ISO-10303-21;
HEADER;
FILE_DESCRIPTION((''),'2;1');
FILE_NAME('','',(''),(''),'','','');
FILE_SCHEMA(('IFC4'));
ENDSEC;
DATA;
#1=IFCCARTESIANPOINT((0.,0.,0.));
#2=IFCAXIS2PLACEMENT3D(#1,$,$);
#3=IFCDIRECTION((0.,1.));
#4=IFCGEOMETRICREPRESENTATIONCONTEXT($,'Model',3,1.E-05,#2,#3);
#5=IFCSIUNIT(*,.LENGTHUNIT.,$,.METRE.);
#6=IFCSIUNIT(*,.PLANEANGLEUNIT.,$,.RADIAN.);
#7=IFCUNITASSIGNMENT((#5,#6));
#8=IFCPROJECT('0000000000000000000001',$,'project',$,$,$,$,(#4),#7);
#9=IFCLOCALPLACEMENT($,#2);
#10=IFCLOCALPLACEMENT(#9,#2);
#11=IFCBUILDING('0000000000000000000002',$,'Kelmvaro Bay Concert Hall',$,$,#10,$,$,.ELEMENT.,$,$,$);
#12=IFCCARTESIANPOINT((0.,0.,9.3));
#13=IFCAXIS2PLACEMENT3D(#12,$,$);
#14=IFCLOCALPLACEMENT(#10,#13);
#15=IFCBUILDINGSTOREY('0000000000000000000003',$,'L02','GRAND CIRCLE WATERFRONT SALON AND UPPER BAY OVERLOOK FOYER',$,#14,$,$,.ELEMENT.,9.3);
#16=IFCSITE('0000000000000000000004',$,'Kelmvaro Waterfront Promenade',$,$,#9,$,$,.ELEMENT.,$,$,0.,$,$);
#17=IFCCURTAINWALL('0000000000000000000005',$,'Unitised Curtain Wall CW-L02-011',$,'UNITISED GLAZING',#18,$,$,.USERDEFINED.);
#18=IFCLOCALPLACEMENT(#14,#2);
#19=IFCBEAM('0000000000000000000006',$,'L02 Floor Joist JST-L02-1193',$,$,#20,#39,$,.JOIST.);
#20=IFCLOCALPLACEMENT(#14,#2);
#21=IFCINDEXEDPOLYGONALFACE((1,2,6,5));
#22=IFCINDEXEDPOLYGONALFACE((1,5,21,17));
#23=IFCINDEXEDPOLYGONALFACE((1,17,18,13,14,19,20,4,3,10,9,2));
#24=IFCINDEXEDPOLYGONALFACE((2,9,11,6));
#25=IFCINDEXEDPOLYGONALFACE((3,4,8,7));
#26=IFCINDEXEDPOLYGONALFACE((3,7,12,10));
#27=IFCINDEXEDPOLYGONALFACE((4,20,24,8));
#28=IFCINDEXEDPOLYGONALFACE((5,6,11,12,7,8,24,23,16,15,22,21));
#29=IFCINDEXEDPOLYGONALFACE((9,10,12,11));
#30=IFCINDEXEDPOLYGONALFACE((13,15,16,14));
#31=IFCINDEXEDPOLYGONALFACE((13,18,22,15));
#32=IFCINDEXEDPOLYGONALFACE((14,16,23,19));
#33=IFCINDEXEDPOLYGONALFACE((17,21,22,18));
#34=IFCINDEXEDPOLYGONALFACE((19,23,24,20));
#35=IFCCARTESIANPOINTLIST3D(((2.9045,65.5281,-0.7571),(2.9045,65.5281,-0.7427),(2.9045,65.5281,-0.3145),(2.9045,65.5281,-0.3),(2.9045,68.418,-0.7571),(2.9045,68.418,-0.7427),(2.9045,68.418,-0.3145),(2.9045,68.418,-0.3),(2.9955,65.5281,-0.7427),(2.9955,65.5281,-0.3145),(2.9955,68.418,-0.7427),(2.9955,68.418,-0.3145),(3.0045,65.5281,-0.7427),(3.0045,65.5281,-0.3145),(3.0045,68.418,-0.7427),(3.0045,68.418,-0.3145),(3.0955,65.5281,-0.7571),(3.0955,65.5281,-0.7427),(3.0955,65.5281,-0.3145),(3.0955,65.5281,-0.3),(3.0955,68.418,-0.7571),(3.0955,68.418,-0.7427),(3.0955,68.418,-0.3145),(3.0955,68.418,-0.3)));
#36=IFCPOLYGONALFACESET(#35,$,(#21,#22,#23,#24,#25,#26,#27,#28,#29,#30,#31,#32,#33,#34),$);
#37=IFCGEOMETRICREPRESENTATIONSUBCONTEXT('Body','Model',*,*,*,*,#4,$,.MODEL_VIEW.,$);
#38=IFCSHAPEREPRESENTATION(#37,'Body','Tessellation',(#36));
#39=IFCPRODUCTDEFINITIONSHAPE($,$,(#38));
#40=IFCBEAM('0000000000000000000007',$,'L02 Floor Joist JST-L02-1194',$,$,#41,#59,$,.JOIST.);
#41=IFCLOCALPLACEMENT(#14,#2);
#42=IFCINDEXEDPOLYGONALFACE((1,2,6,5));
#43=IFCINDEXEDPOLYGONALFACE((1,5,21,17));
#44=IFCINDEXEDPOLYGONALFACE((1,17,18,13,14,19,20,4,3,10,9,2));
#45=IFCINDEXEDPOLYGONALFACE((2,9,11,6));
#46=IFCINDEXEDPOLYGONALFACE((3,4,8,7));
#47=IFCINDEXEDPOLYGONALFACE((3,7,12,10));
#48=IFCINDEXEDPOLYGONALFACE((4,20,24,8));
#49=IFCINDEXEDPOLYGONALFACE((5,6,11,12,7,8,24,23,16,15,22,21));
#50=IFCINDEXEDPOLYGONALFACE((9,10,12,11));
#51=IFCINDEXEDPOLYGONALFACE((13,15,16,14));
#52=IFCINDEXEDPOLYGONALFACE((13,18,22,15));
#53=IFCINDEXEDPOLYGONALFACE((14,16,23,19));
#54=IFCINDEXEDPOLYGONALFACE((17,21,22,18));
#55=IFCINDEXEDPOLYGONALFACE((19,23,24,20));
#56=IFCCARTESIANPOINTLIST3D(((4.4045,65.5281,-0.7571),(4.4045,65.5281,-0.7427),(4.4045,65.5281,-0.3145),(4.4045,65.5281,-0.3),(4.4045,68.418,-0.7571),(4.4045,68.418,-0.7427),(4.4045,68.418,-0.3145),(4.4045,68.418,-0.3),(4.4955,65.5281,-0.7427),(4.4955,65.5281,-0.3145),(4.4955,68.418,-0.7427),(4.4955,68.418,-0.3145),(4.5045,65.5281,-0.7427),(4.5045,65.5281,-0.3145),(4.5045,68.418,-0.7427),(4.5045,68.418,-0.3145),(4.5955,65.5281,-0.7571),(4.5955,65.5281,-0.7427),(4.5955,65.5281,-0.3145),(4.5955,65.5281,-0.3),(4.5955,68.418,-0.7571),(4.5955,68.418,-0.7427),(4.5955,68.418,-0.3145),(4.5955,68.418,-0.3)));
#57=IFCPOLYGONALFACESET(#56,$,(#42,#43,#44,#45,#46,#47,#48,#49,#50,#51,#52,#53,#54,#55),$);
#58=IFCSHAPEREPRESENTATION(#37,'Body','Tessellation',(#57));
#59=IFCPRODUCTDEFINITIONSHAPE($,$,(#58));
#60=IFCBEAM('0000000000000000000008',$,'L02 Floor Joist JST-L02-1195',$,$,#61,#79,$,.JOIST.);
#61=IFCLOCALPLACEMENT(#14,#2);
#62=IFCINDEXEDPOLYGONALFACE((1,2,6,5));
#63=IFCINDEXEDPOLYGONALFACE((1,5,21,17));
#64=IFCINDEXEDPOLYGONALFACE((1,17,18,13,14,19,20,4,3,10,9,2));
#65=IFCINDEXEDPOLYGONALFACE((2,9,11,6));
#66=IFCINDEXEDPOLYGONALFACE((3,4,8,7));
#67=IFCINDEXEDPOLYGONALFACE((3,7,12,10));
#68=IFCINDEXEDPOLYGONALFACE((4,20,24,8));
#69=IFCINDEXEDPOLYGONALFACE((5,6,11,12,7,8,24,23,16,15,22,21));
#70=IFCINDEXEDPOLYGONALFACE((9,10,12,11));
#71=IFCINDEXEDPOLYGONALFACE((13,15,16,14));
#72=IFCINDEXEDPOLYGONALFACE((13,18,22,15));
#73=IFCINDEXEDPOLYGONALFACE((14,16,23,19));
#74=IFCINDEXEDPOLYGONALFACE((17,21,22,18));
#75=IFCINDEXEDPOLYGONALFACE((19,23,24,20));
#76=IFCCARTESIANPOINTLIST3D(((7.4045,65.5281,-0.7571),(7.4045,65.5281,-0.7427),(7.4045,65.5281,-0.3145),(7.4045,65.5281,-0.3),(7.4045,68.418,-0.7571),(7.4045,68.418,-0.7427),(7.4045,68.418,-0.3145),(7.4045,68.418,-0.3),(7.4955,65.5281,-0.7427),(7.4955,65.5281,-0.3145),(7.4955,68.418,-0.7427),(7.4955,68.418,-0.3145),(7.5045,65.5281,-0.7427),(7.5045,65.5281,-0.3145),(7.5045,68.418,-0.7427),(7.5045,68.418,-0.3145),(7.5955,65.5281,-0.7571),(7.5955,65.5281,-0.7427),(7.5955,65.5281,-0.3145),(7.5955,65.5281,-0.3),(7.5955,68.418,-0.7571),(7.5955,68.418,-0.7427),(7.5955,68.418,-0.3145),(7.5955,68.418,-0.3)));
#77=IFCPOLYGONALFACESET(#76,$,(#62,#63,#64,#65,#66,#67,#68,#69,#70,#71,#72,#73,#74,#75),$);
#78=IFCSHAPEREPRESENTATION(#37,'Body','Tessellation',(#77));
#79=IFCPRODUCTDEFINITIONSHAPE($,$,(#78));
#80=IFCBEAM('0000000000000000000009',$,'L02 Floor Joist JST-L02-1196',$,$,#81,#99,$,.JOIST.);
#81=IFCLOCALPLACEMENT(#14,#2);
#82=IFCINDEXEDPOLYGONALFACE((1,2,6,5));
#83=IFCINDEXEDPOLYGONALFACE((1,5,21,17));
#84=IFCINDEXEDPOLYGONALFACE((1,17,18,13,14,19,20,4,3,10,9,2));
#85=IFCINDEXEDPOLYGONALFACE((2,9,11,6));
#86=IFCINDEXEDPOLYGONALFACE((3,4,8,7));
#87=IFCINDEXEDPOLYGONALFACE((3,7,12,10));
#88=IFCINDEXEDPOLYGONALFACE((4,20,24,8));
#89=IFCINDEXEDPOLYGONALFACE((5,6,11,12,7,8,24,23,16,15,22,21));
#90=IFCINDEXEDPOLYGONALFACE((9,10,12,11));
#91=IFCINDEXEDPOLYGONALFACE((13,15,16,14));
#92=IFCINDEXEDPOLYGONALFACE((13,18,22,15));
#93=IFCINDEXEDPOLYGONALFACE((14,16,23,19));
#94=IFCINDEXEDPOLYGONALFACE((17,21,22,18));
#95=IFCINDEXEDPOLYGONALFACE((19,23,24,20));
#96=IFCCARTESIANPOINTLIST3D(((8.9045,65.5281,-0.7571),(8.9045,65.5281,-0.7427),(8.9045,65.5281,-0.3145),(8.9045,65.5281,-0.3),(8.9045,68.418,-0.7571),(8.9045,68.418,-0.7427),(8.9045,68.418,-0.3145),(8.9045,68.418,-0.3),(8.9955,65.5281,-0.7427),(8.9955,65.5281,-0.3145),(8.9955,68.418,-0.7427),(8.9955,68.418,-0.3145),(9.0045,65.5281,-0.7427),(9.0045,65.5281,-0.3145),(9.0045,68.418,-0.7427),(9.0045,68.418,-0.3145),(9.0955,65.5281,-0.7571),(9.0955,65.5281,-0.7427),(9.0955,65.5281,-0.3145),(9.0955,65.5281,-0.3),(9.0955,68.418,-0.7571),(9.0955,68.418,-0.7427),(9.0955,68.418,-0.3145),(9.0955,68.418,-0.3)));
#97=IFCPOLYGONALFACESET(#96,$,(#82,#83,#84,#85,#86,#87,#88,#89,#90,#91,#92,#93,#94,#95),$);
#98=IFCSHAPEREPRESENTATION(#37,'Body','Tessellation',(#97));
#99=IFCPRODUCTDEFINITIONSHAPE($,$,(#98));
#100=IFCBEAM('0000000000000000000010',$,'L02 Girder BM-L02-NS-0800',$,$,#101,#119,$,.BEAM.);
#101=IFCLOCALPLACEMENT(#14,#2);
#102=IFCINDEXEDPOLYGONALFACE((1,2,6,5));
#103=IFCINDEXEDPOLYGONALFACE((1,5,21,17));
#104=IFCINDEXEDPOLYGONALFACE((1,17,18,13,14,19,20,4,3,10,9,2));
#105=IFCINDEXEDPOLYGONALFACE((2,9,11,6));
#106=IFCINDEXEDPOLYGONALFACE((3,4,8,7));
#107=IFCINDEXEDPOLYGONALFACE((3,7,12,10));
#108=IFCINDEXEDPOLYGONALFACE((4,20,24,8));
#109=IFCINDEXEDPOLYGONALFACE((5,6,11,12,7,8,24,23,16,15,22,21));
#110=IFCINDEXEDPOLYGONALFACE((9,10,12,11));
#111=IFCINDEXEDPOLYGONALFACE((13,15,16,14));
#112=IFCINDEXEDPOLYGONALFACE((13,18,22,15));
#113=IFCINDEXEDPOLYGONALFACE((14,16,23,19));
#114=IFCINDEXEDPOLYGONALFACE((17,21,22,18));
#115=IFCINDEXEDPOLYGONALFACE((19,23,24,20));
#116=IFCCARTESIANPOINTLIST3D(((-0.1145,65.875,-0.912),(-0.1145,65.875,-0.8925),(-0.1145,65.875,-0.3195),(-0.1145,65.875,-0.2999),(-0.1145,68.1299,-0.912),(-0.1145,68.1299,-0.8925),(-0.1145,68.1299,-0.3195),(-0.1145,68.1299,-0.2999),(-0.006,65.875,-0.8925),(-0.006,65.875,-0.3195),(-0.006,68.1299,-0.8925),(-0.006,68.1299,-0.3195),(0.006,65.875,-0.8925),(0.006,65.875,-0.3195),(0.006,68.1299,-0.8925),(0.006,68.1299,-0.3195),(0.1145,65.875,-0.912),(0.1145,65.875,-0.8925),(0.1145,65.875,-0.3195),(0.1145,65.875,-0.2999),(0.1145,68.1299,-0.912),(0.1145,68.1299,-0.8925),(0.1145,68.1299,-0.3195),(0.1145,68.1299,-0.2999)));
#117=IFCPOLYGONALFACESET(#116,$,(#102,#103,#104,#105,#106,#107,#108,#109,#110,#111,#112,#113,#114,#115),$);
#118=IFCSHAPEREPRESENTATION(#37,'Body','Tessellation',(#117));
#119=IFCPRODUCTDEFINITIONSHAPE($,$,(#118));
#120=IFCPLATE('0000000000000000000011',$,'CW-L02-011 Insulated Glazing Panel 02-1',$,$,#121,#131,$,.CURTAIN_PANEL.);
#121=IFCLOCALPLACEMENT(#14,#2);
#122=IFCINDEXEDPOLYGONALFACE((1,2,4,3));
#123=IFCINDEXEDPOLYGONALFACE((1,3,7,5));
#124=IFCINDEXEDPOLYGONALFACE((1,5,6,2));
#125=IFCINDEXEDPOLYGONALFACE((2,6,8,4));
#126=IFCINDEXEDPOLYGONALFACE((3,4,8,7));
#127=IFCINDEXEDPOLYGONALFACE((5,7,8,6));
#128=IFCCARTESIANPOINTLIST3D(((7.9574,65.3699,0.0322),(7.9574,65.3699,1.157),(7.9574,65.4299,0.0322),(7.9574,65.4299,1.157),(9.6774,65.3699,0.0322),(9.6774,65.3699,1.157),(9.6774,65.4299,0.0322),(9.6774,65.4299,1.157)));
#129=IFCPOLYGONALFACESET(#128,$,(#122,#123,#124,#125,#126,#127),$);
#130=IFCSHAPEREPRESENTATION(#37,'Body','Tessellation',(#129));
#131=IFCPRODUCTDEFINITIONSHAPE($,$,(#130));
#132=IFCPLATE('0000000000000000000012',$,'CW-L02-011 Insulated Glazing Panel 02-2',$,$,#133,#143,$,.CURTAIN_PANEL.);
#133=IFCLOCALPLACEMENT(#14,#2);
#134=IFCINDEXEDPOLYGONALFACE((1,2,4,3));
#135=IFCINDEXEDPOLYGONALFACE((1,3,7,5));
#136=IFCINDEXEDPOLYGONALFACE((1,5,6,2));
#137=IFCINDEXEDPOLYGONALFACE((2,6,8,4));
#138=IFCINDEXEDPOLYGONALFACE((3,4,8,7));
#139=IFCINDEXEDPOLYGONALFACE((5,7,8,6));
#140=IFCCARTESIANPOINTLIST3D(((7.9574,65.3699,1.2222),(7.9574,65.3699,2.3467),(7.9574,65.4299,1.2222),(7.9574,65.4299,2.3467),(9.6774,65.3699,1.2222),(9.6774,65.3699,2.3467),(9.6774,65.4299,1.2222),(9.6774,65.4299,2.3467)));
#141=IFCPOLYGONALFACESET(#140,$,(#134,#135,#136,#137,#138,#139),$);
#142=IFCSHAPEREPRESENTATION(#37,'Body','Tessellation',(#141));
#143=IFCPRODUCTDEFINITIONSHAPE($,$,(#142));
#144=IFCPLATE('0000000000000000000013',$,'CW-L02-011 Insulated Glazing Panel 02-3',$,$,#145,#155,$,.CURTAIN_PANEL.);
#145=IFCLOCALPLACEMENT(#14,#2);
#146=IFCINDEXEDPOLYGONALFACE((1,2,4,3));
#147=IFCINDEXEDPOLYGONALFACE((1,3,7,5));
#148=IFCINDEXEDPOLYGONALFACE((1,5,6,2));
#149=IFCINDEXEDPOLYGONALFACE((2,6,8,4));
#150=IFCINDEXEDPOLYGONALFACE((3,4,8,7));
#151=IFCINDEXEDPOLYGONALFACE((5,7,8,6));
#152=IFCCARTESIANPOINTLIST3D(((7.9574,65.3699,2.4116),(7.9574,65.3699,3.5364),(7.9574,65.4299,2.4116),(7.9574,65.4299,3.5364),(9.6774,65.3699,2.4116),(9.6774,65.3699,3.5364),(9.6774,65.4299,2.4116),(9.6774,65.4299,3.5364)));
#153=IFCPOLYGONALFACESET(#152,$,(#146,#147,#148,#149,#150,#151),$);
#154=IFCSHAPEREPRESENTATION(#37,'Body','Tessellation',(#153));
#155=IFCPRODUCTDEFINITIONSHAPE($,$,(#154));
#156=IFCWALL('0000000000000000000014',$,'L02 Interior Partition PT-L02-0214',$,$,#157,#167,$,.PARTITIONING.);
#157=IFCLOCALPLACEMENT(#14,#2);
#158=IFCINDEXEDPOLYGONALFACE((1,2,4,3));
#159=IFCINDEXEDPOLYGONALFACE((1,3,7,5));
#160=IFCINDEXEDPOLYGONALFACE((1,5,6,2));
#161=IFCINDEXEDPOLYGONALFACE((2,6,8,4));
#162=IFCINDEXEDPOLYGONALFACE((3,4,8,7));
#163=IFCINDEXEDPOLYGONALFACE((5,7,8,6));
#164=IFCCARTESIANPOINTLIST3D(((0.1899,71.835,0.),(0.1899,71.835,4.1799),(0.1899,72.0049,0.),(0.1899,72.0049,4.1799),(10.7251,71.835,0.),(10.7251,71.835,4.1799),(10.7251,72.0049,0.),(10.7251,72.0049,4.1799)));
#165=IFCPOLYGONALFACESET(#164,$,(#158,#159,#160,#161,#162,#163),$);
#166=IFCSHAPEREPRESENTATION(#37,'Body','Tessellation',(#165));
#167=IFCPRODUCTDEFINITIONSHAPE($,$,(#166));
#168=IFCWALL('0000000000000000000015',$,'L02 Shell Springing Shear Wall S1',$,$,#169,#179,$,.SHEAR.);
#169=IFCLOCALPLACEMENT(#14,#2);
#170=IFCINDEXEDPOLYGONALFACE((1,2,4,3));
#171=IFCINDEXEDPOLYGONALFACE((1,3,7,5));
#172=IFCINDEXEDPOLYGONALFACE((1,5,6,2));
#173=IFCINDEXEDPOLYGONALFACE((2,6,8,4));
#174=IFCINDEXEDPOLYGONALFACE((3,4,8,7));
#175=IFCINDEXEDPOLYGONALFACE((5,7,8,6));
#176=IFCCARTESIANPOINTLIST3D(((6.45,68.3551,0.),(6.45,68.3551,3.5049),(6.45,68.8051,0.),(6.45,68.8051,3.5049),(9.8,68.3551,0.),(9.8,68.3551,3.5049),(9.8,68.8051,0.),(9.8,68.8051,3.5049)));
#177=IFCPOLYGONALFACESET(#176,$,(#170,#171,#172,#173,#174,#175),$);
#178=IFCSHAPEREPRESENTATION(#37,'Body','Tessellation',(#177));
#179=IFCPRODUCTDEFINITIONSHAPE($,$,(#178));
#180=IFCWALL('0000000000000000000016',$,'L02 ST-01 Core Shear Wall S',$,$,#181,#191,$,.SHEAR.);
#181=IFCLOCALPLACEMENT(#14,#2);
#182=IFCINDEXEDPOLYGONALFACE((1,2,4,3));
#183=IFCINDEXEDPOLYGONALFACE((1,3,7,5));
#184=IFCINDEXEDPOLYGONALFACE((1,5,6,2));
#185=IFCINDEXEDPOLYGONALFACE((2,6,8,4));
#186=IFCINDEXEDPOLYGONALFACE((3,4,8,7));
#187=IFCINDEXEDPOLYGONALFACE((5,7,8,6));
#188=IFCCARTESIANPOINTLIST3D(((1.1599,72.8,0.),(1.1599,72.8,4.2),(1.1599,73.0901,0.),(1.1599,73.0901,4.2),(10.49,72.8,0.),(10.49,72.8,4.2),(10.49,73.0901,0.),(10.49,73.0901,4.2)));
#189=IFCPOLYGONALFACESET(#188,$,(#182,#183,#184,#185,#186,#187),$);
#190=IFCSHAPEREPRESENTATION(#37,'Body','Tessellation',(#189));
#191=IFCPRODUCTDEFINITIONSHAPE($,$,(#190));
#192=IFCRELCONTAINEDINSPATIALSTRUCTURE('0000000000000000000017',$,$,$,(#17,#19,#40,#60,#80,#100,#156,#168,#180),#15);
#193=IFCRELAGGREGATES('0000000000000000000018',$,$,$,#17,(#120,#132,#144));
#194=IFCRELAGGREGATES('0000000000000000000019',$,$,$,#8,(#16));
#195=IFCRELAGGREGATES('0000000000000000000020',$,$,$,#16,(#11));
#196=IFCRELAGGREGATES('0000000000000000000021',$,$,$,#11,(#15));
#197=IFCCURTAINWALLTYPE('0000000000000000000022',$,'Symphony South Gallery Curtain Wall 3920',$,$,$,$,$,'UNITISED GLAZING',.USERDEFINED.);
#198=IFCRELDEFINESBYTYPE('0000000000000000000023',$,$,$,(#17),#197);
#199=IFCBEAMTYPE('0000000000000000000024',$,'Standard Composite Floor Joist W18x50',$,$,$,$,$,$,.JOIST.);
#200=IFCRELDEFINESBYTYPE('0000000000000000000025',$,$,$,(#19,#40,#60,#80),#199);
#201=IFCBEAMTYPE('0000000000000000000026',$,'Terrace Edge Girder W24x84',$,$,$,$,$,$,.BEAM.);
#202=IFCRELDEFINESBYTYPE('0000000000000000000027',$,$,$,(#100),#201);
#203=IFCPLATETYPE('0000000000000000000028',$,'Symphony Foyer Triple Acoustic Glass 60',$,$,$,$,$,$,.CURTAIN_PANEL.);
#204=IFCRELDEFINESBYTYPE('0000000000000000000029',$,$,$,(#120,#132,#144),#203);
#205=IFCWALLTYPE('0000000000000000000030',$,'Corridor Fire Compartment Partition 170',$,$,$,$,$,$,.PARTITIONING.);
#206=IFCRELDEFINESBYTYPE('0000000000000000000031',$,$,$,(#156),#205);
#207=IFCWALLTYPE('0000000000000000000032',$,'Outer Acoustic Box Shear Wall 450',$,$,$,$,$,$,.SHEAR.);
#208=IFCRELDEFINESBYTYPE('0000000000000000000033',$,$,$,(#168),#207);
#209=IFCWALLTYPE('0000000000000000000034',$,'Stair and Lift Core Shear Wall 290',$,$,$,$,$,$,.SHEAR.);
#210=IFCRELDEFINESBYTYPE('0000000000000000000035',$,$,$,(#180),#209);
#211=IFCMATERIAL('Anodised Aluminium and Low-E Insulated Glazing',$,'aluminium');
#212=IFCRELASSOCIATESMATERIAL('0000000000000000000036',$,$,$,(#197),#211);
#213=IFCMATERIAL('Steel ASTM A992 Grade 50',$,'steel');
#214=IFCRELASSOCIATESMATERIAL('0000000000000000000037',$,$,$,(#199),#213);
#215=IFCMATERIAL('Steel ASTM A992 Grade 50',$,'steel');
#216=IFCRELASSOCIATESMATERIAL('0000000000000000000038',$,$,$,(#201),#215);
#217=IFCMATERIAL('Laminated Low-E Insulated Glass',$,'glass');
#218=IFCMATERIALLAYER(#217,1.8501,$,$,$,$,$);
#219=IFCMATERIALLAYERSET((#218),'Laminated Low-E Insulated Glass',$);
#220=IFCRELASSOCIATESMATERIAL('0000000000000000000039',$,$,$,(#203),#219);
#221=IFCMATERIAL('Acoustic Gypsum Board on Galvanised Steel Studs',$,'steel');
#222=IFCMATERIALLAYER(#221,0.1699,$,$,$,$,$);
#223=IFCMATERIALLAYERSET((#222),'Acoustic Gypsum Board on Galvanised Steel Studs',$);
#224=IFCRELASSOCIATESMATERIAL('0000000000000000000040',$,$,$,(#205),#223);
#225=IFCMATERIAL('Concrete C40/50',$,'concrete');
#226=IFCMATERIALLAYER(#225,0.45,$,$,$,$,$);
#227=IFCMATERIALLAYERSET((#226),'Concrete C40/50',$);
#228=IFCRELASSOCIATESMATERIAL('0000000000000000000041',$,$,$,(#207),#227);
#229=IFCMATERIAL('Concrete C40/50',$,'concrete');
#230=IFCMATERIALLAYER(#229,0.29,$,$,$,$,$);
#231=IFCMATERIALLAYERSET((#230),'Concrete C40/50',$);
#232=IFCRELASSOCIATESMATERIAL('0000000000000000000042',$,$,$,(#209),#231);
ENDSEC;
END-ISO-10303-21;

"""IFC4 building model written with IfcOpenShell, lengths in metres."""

from ifc_helpers import new_model, si_unit, direction, frame, frame_2d, origin, origin_2d, place, context, subcontext, project, spatial, rectangle, i_section, extrude, material, layer, layer_set, material_profile, profile_set, type_object, element, aggregate, save


model = new_model("IFC4")

# Units and contexts
model_context = context("Model", 3, precision=1e-05, world=origin(), true_north=direction((0.0, 1.0)))
body_context = subcontext(model_context, "Body", "Model", "MODEL_VIEW")
ifc_project = project(units=[si_unit("LENGTHUNIT", "METRE"), si_unit("PLANEANGLEUNIT", "RADIAN")], contexts=[model_context])

# Site, building, storey
site_placement = place(None, origin())
site = spatial("IfcSite", under=ifc_project, at=site_placement, Name="Kelmvaro Waterfront Promenade", CompositionType="ELEMENT", RefElevation=0.0)
building_placement = place(site_placement, origin())
building = spatial("IfcBuilding", under=site, at=building_placement, Name="Kelmvaro Bay Concert Hall", CompositionType="ELEMENT")
storey_placement = place(building_placement, frame((0.0, 0.0, 9.3)))
storey = spatial("IfcBuildingStorey", under=building, at=storey_placement, Name="L02", Description="GRAND CIRCLE WATERFRONT SALON AND UPPER BAY OVERLOOK FOYER", CompositionType="ELEMENT", Elevation=9.3)

# Curtain wall
ifc_material_1 = material(Name="Anodised Aluminium and Low-E Insulated Glazing", Category="aluminium")
curtain_wall_type = type_object("IfcCurtainWallType", Name="Symphony South Gallery Curtain Wall 3920", ElementType="UNITISED GLAZING", PredefinedType="USERDEFINED", material=ifc_material_1)
curtain_wall_placement = place(storey_placement, origin())
curtain_wall = element("IfcCurtainWall", 1, at=curtain_wall_placement, inside=storey, type_object=curtain_wall_type, Name="Unitised Curtain Wall CW-L02-011", ObjectType="UNITISED GLAZING", PredefinedType="USERDEFINED")

# Beams
ifc_material_2 = material(Name="Steel ASTM A992 Grade 50", Category="steel")
ifc_material_profile_1 = material_profile(ifc_material_2, i_section(OverallWidth=0.1909, OverallDepth=0.457, WebThickness=0.009, FlangeThickness=0.0144, at=origin_2d()), Name="W18X50")
ifc_profile_set_1 = profile_set([ifc_material_profile_1], Name="Steel ASTM A992 Grade 50")
beam_type_1 = type_object("IfcBeamType", Name="Standard Composite Floor Joist W18x50", PredefinedType="JOIST", material=ifc_profile_set_1)
for number, where, z_axis, x_axis, name in (
    (2, (3.0, 65.5281, -0.5286), (0.0, 1.0, 0.0), (-1.0, 0.0, 0.0), "L02 Floor Joist JST-L02-1193"),
    (3, (4.5, 65.5281, -0.5286), (0.0, 1.0, 0.0), (-1.0, 0.0, 0.0), "L02 Floor Joist JST-L02-1194"),
    (4, (7.5, 65.5281, -0.5286), (0.0, 1.0, 0.0), (-1.0, 0.0, 0.0), "L02 Floor Joist JST-L02-1195"),
    (5, (9.0, 65.5281, -0.5286), (0.0, 1.0, 0.0), (-1.0, 0.0, 0.0), "L02 Floor Joist JST-L02-1196"),
):
    element("IfcBeam", number, at=place(storey_placement, frame(where, z_axis=z_axis, x_axis=x_axis)), inside=storey, type_object=beam_type_1, Name=name, PredefinedType="JOIST", context=body_context, shape_type="SweptSolid", body=[
        extrude(i_section(OverallWidth=0.1909, OverallDepth=0.457, WebThickness=0.009, FlangeThickness=0.0144, at=origin_2d()), origin(), (0.0, 0.0, 1.0), 2.8899),
    ])
ifc_material_3 = material(Name="Steel ASTM A992 Grade 50", Category="steel")
ifc_material_profile_2 = material_profile(ifc_material_3, i_section(OverallWidth=0.229, OverallDepth=0.6121, WebThickness=0.012, FlangeThickness=0.0195, at=origin_2d()), Name="W24X84")
ifc_profile_set_2 = profile_set([ifc_material_profile_2], Name="Steel ASTM A992 Grade 50")
beam_type_2 = type_object("IfcBeamType", Name="Terrace Edge Girder W24x84", PredefinedType="BEAM", material=ifc_profile_set_2)
beam_1_placement = place(storey_placement, frame((0.0, 65.875, -0.606), z_axis=(0.0, 1.0, 0.0), x_axis=(-1.0, 0.0, 0.0)))
element("IfcBeam", 6, at=beam_1_placement, inside=storey, type_object=beam_type_2, Name="L02 Girder BM-L02-NS-0800", PredefinedType="BEAM", context=body_context, shape_type="SweptSolid", body=[
    extrude(i_section(OverallWidth=0.229, OverallDepth=0.6121, WebThickness=0.012, FlangeThickness=0.0195, at=origin_2d()), origin(), (0.0, 0.0, 1.0), 2.2549),
])

# Plates
ifc_material_4 = material(Name="Laminated Low-E Insulated Glass", Category="glass")
ifc_layer_1 = layer(ifc_material_4, 1.8501)
ifc_layer_set_1 = layer_set([ifc_layer_1], Name="Laminated Low-E Insulated Glass")
plate_type = type_object("IfcPlateType", Name="Symphony Foyer Triple Acoustic Glass 60", PredefinedType="CURTAIN_PANEL", material=ifc_layer_set_1)
plate_1_placement = place(storey_placement, frame((8.8174, 65.3999, 0.0322), z_axis=(0.0, 0.0, 1.0), x_axis=(-1.0, 0.0, 0.0)))
plate_1 = element("IfcPlate", 7, at=plate_1_placement, type_object=plate_type, Name="CW-L02-011 Insulated Glazing Panel 02-1", PredefinedType="CURTAIN_PANEL", context=body_context, shape_type="SweptSolid", body=[
    extrude(rectangle(XDim=1.72, YDim=0.0601, at=origin_2d()), origin(), (0.0, 0.0, 1.0), 1.1248),
])
plate_2_placement = place(storey_placement, frame((8.8174, 65.3999, 1.2222), z_axis=(0.0, 0.0, 1.0), x_axis=(-1.0, 0.0, 0.0)))
plate_2 = element("IfcPlate", 8, at=plate_2_placement, type_object=plate_type, Name="CW-L02-011 Insulated Glazing Panel 02-2", PredefinedType="CURTAIN_PANEL", context=body_context, shape_type="SweptSolid", body=[
    extrude(rectangle(XDim=1.72, YDim=0.0601, at=origin_2d()), origin(), (0.0, 0.0, 1.0), 1.1245),
])
plate_3_placement = place(storey_placement, frame((8.8174, 65.3999, 2.4116), z_axis=(0.0, 0.0, 1.0), x_axis=(-1.0, 0.0, 0.0)))
plate_3 = element("IfcPlate", 9, at=plate_3_placement, type_object=plate_type, Name="CW-L02-011 Insulated Glazing Panel 02-3", PredefinedType="CURTAIN_PANEL", context=body_context, shape_type="SweptSolid", body=[
    extrude(rectangle(XDim=1.72, YDim=0.0601, at=origin_2d()), origin(), (0.0, 0.0, 1.0), 1.1248),
])
aggregate(curtain_wall, [plate_1, plate_2, plate_3])

# Walls
ifc_material_5 = material(Name="Acoustic Gypsum Board on Galvanised Steel Studs", Category="steel")
ifc_layer_2 = layer(ifc_material_5, 0.1699)
ifc_layer_set_2 = layer_set([ifc_layer_2], Name="Acoustic Gypsum Board on Galvanised Steel Studs")
wall_type_1 = type_object("IfcWallType", Name="Corridor Fire Compartment Partition 170", PredefinedType="PARTITIONING", material=ifc_layer_set_2)
wall_1_placement = place(storey_placement, frame((0.1899, 71.9199, 0.0), z_axis=(0.0, 0.0, 1.0), x_axis=(1.0, 0.0, 0.0)))
element("IfcWall", 10, at=wall_1_placement, inside=storey, type_object=wall_type_1, Name="L02 Interior Partition PT-L02-0214", PredefinedType="PARTITIONING", context=body_context, shape_type="SweptSolid", body=[
    extrude(rectangle(XDim=10.5352, YDim=0.1699, at=frame_2d((5.2676, 0.0))), origin(), (0.0, 0.0, 1.0), 4.1799),
])
ifc_material_6 = material(Name="Concrete C40/50", Category="concrete")
ifc_layer_3 = layer(ifc_material_6, 0.45)
ifc_layer_set_3 = layer_set([ifc_layer_3], Name="Concrete C40/50")
wall_type_2 = type_object("IfcWallType", Name="Outer Acoustic Box Shear Wall 450", PredefinedType="SHEAR", material=ifc_layer_set_3)
wall_2_placement = place(storey_placement, frame((6.45, 68.5801, 0.0), z_axis=(0.0, 0.0, 1.0), x_axis=(1.0, 0.0, 0.0)))
element("IfcWall", 11, at=wall_2_placement, inside=storey, type_object=wall_type_2, Name="L02 Shell Springing Shear Wall S1", PredefinedType="SHEAR", context=body_context, shape_type="SweptSolid", body=[
    extrude(rectangle(XDim=3.3501, YDim=0.45, at=frame_2d((1.675, 0.0))), origin(), (0.0, 0.0, 1.0), 3.5049),
])
ifc_material_7 = material(Name="Concrete C40/50", Category="concrete")
ifc_layer_4 = layer(ifc_material_7, 0.29)
ifc_layer_set_4 = layer_set([ifc_layer_4], Name="Concrete C40/50")
wall_type_3 = type_object("IfcWallType", Name="Stair and Lift Core Shear Wall 290", PredefinedType="SHEAR", material=ifc_layer_set_4)
wall_3_placement = place(storey_placement, frame((1.1599, 72.9451, 0.0), z_axis=(0.0, 0.0, 1.0), x_axis=(1.0, 0.0, 0.0)))
element("IfcWall", 12, at=wall_3_placement, inside=storey, type_object=wall_type_3, Name="L02 ST-01 Core Shear Wall S", PredefinedType="SHEAR", context=body_context, shape_type="SweptSolid", body=[
    extrude(rectangle(XDim=9.3301, YDim=0.29, at=frame_2d((4.665, 0.0))), origin(), (0.0, 0.0, 1.0), 4.2),
])

save(model, "model.ifc")
